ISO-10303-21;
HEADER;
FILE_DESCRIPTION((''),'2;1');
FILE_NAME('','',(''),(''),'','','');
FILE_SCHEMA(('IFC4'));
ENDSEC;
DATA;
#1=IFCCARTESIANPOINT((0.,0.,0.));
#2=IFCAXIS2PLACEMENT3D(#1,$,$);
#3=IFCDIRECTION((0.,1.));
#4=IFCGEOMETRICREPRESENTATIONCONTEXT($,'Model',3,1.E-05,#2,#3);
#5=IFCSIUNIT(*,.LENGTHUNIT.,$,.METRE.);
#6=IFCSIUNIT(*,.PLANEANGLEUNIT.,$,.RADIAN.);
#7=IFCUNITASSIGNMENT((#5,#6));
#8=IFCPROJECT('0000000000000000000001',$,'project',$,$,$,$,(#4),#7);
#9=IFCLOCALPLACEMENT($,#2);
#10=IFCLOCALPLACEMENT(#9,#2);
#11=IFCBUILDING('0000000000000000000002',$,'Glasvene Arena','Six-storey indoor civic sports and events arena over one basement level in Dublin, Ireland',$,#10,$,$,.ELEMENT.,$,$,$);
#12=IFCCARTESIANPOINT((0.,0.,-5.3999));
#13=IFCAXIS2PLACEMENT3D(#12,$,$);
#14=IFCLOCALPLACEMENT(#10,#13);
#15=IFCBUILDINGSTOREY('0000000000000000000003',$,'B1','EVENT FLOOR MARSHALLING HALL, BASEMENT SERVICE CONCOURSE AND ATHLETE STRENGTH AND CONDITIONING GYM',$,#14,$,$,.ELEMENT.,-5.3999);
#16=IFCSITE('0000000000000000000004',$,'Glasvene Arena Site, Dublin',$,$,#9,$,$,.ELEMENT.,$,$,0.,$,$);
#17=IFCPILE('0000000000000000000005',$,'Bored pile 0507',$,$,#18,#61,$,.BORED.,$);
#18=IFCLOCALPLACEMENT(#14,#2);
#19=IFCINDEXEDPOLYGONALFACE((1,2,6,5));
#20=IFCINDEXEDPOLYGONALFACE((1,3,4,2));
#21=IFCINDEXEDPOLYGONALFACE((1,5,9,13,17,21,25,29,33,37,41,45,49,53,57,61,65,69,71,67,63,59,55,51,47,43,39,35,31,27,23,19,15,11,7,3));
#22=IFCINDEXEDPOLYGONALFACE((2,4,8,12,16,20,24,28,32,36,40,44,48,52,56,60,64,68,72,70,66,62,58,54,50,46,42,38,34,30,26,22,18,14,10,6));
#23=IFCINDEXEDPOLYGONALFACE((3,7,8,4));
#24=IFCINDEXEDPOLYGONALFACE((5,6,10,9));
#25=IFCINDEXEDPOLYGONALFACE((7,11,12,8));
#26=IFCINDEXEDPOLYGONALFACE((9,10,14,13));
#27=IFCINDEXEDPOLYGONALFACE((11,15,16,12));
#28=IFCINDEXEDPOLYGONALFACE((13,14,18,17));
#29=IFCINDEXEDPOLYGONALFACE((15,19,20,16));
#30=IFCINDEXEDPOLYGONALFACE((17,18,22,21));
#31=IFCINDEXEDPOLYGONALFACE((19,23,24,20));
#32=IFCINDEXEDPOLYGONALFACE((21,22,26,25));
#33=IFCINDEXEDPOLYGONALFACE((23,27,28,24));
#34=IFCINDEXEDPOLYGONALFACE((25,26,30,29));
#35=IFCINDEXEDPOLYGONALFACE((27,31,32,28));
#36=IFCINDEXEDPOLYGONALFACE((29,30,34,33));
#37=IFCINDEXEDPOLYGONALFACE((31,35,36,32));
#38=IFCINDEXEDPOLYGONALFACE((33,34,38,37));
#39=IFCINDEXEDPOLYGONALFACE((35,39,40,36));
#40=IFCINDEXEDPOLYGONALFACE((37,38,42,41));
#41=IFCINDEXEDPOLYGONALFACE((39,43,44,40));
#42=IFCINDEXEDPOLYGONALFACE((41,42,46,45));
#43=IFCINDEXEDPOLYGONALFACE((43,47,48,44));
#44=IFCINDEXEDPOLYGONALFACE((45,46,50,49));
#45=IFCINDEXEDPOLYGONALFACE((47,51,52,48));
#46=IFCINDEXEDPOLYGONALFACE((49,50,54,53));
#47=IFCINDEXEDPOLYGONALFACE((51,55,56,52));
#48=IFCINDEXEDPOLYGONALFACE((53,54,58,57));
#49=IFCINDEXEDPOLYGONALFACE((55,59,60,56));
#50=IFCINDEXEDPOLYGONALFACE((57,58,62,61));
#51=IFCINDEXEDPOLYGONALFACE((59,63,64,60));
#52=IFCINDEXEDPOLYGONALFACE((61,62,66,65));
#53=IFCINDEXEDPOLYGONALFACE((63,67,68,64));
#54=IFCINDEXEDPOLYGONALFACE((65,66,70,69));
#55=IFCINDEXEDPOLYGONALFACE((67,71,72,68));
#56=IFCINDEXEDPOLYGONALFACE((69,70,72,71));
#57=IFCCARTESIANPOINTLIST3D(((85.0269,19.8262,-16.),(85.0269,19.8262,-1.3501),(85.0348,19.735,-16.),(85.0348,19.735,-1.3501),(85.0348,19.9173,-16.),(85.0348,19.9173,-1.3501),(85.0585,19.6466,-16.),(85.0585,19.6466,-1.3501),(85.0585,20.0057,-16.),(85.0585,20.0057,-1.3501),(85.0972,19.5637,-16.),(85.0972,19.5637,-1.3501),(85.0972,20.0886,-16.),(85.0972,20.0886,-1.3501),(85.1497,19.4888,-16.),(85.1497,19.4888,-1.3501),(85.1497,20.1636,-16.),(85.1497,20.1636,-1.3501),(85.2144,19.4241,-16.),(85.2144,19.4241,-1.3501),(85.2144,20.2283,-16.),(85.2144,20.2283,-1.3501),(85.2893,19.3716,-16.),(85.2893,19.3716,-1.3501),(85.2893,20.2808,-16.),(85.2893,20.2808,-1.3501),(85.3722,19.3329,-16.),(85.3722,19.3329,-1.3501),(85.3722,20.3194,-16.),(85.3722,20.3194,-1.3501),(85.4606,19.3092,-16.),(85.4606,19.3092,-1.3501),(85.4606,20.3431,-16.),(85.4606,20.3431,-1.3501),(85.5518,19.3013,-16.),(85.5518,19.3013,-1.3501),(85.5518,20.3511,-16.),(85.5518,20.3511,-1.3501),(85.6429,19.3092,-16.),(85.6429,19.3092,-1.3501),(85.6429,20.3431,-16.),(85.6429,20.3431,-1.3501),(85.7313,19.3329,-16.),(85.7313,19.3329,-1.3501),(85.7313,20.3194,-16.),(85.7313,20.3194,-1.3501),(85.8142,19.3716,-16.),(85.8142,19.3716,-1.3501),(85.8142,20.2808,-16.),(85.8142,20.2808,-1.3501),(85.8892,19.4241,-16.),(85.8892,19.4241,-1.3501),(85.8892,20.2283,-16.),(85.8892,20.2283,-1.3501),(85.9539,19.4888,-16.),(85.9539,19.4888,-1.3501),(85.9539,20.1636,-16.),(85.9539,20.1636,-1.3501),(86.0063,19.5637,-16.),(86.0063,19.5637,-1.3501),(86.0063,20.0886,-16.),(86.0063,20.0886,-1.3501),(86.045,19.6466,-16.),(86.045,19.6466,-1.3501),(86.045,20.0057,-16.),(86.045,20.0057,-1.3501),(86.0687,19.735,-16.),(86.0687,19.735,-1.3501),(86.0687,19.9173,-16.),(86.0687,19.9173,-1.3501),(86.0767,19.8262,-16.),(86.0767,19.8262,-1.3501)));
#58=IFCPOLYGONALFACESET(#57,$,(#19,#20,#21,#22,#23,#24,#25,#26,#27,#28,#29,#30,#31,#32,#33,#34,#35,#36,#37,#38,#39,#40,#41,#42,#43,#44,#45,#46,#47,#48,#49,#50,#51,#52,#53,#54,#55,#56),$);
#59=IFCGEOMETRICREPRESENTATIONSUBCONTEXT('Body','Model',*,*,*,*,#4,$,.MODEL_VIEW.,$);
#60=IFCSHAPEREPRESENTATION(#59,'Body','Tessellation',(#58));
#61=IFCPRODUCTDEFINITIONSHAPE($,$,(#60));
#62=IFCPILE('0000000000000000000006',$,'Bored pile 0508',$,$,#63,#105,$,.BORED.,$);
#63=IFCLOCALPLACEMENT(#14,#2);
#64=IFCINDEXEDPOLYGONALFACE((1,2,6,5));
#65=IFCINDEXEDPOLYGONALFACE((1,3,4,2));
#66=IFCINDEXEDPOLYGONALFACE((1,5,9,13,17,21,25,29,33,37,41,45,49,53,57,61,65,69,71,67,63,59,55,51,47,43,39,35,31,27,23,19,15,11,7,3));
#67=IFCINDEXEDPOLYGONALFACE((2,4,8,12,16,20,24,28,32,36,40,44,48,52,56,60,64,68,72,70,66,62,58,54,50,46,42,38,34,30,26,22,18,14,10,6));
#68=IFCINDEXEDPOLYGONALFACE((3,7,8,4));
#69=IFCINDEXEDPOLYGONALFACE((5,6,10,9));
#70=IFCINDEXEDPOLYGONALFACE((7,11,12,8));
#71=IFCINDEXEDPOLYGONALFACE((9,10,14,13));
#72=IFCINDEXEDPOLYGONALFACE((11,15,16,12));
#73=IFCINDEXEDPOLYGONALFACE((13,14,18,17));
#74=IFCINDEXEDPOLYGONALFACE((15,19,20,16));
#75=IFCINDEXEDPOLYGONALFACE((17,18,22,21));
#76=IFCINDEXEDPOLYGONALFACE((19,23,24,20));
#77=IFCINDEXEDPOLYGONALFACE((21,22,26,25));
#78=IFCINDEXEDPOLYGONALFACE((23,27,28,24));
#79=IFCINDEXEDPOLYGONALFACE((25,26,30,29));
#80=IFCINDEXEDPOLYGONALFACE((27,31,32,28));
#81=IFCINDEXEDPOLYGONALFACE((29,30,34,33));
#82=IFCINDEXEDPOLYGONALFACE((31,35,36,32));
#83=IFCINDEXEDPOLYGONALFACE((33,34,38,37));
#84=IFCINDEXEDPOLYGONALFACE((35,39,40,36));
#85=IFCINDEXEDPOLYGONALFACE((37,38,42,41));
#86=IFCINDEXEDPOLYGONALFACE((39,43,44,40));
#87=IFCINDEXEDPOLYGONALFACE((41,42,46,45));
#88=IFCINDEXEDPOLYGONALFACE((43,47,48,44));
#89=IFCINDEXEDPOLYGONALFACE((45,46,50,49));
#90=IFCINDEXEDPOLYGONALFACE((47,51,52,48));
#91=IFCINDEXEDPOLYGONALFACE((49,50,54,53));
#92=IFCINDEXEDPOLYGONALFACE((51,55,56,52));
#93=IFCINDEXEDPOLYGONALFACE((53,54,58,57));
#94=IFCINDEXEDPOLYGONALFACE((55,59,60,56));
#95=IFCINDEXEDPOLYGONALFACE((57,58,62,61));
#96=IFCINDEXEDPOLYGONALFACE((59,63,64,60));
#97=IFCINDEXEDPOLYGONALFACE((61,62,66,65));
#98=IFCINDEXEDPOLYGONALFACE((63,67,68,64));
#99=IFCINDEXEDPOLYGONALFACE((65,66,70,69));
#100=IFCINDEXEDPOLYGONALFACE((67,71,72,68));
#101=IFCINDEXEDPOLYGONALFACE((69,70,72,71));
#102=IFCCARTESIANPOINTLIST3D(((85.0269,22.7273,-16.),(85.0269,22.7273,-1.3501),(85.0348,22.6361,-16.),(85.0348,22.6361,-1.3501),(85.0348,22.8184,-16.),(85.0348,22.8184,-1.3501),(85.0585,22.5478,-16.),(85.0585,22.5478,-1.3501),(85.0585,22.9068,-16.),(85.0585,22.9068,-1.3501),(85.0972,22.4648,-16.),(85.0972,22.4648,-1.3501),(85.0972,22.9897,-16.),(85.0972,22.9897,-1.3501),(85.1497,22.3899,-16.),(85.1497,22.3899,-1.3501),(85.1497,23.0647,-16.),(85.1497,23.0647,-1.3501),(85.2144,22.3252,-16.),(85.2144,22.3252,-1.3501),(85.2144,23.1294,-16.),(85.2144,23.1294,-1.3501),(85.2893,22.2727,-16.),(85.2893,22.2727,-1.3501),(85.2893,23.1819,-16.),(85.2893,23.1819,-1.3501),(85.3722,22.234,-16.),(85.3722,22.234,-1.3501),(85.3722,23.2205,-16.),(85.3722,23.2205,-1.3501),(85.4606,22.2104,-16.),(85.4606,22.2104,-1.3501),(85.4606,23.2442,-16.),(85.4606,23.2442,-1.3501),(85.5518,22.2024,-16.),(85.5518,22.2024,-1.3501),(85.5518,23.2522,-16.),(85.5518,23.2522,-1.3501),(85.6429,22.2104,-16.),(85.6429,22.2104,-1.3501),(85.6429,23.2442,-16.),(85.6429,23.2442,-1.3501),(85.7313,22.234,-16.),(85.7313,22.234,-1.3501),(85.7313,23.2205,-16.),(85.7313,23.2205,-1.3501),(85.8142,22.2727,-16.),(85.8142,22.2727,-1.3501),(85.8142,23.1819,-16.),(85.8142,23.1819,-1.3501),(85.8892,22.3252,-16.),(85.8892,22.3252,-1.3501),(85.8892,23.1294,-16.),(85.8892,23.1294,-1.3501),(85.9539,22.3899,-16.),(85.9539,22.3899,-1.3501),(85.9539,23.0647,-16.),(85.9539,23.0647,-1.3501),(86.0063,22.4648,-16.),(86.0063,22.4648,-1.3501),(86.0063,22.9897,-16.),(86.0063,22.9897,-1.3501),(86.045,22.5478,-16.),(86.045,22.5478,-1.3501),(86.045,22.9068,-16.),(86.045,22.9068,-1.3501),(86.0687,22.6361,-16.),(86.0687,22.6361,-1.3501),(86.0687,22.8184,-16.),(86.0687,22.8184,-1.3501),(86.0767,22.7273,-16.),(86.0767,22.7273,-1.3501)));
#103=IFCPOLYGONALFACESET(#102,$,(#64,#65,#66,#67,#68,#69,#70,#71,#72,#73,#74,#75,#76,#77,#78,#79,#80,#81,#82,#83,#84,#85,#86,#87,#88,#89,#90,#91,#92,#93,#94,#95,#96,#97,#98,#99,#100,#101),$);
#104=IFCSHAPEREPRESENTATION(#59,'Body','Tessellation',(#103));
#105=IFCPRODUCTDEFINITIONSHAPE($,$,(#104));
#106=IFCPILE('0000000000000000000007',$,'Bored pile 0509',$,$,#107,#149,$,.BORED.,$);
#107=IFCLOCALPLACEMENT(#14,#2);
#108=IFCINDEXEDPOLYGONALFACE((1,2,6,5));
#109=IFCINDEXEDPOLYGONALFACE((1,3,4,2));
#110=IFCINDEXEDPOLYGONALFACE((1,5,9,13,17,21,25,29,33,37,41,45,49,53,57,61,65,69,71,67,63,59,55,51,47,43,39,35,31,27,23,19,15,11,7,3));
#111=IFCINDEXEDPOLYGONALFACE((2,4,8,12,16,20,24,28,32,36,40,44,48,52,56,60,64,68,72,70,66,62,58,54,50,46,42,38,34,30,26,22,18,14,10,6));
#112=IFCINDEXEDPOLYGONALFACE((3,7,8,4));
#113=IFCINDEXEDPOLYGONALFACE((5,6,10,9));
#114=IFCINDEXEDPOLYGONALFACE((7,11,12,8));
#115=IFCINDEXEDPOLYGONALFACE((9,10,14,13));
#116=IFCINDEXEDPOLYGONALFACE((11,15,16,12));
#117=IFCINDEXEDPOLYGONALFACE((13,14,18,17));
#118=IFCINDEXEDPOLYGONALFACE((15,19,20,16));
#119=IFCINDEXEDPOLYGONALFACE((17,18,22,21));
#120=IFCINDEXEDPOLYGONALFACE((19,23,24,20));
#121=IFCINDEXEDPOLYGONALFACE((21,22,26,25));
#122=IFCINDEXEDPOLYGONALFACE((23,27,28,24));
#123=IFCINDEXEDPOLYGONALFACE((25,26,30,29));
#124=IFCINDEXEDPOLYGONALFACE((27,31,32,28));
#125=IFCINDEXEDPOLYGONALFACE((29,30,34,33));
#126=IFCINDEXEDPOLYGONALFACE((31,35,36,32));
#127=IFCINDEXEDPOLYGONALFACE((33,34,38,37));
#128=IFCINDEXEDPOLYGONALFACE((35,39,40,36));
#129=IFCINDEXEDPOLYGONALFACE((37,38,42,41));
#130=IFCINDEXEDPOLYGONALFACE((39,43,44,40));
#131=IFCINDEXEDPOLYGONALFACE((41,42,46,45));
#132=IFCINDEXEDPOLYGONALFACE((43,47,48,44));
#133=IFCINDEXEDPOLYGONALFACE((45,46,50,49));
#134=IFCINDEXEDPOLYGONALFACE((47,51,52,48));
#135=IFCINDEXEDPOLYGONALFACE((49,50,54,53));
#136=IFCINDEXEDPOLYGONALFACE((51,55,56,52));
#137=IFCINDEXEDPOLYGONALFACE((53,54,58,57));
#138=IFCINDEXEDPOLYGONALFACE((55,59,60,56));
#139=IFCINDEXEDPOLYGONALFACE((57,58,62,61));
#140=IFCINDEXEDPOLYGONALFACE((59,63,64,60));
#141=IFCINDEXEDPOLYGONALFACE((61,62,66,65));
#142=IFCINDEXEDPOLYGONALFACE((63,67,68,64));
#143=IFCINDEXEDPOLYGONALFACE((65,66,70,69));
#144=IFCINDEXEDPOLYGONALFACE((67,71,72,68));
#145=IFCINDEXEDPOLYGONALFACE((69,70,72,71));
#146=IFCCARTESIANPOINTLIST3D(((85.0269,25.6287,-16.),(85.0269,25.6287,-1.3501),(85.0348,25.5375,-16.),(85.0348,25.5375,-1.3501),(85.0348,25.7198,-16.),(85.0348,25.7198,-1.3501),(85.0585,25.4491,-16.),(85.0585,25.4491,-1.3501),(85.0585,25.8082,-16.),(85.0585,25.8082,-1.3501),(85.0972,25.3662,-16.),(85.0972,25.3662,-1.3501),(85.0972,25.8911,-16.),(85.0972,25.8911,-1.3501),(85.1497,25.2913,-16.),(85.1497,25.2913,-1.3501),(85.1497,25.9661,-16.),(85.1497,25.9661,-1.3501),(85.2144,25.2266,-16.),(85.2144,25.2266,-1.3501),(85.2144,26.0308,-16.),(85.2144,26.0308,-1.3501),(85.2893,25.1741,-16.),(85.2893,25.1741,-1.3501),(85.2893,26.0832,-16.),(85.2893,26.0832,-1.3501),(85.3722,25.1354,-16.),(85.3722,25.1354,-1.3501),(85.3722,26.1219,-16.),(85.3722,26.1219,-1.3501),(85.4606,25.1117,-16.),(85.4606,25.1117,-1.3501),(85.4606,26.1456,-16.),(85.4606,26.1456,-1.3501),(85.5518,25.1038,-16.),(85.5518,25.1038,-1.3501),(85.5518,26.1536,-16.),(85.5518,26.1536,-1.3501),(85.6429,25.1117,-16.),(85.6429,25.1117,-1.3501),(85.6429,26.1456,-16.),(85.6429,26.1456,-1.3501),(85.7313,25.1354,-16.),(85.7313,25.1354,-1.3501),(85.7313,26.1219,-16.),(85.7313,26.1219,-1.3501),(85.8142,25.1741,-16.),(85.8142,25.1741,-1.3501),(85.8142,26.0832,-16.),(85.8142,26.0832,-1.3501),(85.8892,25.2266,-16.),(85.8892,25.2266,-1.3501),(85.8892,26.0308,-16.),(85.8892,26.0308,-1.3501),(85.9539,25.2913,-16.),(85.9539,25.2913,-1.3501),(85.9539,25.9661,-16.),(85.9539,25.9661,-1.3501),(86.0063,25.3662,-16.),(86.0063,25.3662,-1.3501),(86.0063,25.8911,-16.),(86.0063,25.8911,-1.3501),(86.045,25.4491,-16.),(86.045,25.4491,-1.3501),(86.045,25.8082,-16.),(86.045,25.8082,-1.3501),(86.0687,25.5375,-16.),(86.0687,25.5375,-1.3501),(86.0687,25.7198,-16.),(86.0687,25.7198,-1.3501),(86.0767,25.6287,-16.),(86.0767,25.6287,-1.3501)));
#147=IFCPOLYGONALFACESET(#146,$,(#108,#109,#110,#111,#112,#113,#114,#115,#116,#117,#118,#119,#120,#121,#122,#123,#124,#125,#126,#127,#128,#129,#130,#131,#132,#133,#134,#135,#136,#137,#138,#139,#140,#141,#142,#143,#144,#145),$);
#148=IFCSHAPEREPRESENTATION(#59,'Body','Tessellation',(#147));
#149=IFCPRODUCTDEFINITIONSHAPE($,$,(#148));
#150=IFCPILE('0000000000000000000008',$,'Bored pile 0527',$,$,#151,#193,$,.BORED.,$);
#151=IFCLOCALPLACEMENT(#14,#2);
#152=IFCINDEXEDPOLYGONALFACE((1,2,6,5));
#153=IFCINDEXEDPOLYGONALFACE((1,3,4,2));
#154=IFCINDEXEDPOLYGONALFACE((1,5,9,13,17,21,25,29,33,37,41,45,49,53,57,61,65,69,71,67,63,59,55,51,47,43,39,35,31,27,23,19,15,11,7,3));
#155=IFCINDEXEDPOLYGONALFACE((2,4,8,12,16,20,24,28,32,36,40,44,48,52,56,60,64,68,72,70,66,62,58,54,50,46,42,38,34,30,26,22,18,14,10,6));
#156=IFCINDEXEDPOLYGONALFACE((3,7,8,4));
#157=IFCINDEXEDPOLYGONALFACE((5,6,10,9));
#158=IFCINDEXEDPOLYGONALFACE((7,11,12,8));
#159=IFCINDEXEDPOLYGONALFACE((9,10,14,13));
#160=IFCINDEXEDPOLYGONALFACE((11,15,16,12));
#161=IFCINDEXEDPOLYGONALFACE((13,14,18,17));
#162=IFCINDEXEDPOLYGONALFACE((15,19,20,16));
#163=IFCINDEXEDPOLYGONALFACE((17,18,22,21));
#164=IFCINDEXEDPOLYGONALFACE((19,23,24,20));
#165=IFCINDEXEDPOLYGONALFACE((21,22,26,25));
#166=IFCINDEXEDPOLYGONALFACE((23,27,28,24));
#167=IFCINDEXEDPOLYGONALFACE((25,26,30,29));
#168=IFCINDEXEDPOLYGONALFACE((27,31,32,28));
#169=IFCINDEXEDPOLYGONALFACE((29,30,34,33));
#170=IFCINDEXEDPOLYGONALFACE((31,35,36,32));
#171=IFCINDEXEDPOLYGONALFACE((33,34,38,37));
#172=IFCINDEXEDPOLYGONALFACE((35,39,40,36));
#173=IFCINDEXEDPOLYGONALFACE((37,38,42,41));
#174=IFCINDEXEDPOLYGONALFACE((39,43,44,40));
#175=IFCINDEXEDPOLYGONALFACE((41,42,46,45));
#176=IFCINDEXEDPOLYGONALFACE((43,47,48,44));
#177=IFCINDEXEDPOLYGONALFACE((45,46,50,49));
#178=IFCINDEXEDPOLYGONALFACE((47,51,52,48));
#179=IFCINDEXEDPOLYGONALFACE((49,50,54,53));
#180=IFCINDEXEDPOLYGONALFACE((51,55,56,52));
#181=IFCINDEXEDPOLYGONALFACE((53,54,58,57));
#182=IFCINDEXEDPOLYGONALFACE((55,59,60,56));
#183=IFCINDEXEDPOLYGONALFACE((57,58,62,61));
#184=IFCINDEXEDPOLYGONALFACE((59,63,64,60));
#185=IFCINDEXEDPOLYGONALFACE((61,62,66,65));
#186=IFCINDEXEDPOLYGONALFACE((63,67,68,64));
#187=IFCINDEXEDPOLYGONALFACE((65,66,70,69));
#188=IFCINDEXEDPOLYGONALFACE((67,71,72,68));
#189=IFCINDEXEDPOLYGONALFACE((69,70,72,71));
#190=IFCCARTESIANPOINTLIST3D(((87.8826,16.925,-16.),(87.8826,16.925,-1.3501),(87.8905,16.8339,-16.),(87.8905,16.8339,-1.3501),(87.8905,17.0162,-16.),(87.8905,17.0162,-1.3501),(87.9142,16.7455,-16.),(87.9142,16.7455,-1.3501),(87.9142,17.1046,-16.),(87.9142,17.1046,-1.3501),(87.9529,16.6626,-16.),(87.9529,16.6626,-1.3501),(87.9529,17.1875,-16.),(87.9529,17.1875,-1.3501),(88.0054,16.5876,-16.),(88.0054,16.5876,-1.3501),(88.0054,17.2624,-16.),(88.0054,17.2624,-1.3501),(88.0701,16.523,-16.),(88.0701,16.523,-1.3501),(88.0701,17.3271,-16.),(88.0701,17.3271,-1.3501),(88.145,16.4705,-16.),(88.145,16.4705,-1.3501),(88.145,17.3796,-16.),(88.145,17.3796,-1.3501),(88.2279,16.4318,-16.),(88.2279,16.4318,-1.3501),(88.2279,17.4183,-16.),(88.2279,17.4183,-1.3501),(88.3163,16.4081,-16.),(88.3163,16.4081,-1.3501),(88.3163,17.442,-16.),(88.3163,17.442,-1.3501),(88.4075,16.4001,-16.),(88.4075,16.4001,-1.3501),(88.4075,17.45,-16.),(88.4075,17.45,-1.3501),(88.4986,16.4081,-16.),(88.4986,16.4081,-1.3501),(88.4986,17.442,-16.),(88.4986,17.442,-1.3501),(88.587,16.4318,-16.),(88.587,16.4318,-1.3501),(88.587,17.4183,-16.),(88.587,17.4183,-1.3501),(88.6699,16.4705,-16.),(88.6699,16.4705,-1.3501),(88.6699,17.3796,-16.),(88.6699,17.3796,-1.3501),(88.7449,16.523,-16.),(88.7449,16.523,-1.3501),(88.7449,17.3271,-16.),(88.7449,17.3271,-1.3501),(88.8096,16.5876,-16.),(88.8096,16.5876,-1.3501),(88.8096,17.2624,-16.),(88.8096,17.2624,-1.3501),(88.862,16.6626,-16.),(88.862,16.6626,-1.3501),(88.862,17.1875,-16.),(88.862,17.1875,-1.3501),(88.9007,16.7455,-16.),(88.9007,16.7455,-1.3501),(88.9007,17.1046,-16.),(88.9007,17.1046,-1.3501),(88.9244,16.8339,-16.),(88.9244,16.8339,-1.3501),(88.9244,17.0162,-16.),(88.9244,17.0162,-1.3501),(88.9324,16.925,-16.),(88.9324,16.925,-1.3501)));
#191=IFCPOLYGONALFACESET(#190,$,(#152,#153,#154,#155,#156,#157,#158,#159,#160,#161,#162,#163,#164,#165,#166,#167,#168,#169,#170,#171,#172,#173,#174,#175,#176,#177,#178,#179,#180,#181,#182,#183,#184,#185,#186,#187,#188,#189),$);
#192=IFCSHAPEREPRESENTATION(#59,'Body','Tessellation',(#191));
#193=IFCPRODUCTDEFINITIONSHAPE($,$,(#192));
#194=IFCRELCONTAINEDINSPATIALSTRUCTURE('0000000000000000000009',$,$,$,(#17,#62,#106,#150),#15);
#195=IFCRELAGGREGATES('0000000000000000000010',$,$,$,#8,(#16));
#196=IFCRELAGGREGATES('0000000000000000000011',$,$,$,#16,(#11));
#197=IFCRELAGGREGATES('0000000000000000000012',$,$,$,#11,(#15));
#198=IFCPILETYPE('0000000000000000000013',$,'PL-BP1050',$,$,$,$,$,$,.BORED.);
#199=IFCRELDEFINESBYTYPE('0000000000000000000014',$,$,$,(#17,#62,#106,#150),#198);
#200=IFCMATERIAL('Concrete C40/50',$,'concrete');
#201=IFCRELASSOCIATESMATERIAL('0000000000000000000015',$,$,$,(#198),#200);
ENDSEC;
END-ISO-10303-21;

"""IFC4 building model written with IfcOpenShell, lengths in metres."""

from ifc_helpers import new_model, si_unit, direction, frame, origin, origin_2d, place, context, subcontext, project, spatial, circle, extrude, material, material_profile, profile_set, type_object, element, save


model = new_model("IFC4")

# Units and contexts
model_context = context("Model", 3, precision=1e-05, world=origin(), true_north=direction((0.0, 1.0)))
body_context = subcontext(model_context, "Body", "Model", "MODEL_VIEW")
ifc_project = project(units=[si_unit("LENGTHUNIT", "METRE"), si_unit("PLANEANGLEUNIT", "RADIAN")], contexts=[model_context])

# Site, building, storey
site_placement = place(None, origin())
site = spatial("IfcSite", under=ifc_project, at=site_placement, Name="Glasvene Arena Site, Dublin", CompositionType="ELEMENT", RefElevation=0.0)
building_placement = place(site_placement, origin())
building = spatial("IfcBuilding", under=site, at=building_placement, Name="Glasvene Arena", Description="Six-storey indoor civic sports and events arena over one basement level in Dublin, Ireland", CompositionType="ELEMENT")
storey_placement = place(building_placement, frame((0.0, 0.0, -5.3999)))
storey = spatial("IfcBuildingStorey", under=building, at=storey_placement, Name="B1", Description="EVENT FLOOR MARSHALLING HALL, BASEMENT SERVICE CONCOURSE AND ATHLETE STRENGTH AND CONDITIONING GYM", CompositionType="ELEMENT", Elevation=-5.3999)

# Piles
ifc_material_1 = material(Name="Concrete C40/50", Category="concrete")
ifc_material_profile_1 = material_profile(ifc_material_1, circle(Radius=0.5249, at=origin_2d()), Name="BORED PILE 1050")
ifc_profile_set_1 = profile_set([ifc_material_profile_1], Name="Concrete C40/50")
pile_type = type_object("IfcPileType", Name="PL-BP1050", PredefinedType="BORED", material=ifc_profile_set_1)
for number, where, z_axis, x_axis, name in (
    (1, (85.5518, 19.8262, -1.3501), (0.0, 0.0, -1.0), (1.0, 0.0, 0.0), "Bored pile 0507"),
    (2, (85.5518, 22.7273, -1.3501), (0.0, 0.0, -1.0), (1.0, 0.0, 0.0), "Bored pile 0508"),
    (3, (85.5518, 25.6287, -1.3501), (0.0, 0.0, -1.0), (1.0, 0.0, 0.0), "Bored pile 0509"),
    (4, (88.4075, 16.925, -1.3501), (0.0, 0.0, -1.0), (1.0, 0.0, 0.0), "Bored pile 0527"),
):
    element("IfcPile", number, at=place(storey_placement, frame(where, z_axis=z_axis, x_axis=x_axis)), inside=storey, type_object=pile_type, Name=name, PredefinedType="BORED", context=body_context, shape_type="SweptSolid", body=[
        extrude(circle(Radius=0.5249, at=origin_2d()), origin(), (0.0, 0.0, 1.0), 14.6499),
    ])

save(model, "model.ifc")
